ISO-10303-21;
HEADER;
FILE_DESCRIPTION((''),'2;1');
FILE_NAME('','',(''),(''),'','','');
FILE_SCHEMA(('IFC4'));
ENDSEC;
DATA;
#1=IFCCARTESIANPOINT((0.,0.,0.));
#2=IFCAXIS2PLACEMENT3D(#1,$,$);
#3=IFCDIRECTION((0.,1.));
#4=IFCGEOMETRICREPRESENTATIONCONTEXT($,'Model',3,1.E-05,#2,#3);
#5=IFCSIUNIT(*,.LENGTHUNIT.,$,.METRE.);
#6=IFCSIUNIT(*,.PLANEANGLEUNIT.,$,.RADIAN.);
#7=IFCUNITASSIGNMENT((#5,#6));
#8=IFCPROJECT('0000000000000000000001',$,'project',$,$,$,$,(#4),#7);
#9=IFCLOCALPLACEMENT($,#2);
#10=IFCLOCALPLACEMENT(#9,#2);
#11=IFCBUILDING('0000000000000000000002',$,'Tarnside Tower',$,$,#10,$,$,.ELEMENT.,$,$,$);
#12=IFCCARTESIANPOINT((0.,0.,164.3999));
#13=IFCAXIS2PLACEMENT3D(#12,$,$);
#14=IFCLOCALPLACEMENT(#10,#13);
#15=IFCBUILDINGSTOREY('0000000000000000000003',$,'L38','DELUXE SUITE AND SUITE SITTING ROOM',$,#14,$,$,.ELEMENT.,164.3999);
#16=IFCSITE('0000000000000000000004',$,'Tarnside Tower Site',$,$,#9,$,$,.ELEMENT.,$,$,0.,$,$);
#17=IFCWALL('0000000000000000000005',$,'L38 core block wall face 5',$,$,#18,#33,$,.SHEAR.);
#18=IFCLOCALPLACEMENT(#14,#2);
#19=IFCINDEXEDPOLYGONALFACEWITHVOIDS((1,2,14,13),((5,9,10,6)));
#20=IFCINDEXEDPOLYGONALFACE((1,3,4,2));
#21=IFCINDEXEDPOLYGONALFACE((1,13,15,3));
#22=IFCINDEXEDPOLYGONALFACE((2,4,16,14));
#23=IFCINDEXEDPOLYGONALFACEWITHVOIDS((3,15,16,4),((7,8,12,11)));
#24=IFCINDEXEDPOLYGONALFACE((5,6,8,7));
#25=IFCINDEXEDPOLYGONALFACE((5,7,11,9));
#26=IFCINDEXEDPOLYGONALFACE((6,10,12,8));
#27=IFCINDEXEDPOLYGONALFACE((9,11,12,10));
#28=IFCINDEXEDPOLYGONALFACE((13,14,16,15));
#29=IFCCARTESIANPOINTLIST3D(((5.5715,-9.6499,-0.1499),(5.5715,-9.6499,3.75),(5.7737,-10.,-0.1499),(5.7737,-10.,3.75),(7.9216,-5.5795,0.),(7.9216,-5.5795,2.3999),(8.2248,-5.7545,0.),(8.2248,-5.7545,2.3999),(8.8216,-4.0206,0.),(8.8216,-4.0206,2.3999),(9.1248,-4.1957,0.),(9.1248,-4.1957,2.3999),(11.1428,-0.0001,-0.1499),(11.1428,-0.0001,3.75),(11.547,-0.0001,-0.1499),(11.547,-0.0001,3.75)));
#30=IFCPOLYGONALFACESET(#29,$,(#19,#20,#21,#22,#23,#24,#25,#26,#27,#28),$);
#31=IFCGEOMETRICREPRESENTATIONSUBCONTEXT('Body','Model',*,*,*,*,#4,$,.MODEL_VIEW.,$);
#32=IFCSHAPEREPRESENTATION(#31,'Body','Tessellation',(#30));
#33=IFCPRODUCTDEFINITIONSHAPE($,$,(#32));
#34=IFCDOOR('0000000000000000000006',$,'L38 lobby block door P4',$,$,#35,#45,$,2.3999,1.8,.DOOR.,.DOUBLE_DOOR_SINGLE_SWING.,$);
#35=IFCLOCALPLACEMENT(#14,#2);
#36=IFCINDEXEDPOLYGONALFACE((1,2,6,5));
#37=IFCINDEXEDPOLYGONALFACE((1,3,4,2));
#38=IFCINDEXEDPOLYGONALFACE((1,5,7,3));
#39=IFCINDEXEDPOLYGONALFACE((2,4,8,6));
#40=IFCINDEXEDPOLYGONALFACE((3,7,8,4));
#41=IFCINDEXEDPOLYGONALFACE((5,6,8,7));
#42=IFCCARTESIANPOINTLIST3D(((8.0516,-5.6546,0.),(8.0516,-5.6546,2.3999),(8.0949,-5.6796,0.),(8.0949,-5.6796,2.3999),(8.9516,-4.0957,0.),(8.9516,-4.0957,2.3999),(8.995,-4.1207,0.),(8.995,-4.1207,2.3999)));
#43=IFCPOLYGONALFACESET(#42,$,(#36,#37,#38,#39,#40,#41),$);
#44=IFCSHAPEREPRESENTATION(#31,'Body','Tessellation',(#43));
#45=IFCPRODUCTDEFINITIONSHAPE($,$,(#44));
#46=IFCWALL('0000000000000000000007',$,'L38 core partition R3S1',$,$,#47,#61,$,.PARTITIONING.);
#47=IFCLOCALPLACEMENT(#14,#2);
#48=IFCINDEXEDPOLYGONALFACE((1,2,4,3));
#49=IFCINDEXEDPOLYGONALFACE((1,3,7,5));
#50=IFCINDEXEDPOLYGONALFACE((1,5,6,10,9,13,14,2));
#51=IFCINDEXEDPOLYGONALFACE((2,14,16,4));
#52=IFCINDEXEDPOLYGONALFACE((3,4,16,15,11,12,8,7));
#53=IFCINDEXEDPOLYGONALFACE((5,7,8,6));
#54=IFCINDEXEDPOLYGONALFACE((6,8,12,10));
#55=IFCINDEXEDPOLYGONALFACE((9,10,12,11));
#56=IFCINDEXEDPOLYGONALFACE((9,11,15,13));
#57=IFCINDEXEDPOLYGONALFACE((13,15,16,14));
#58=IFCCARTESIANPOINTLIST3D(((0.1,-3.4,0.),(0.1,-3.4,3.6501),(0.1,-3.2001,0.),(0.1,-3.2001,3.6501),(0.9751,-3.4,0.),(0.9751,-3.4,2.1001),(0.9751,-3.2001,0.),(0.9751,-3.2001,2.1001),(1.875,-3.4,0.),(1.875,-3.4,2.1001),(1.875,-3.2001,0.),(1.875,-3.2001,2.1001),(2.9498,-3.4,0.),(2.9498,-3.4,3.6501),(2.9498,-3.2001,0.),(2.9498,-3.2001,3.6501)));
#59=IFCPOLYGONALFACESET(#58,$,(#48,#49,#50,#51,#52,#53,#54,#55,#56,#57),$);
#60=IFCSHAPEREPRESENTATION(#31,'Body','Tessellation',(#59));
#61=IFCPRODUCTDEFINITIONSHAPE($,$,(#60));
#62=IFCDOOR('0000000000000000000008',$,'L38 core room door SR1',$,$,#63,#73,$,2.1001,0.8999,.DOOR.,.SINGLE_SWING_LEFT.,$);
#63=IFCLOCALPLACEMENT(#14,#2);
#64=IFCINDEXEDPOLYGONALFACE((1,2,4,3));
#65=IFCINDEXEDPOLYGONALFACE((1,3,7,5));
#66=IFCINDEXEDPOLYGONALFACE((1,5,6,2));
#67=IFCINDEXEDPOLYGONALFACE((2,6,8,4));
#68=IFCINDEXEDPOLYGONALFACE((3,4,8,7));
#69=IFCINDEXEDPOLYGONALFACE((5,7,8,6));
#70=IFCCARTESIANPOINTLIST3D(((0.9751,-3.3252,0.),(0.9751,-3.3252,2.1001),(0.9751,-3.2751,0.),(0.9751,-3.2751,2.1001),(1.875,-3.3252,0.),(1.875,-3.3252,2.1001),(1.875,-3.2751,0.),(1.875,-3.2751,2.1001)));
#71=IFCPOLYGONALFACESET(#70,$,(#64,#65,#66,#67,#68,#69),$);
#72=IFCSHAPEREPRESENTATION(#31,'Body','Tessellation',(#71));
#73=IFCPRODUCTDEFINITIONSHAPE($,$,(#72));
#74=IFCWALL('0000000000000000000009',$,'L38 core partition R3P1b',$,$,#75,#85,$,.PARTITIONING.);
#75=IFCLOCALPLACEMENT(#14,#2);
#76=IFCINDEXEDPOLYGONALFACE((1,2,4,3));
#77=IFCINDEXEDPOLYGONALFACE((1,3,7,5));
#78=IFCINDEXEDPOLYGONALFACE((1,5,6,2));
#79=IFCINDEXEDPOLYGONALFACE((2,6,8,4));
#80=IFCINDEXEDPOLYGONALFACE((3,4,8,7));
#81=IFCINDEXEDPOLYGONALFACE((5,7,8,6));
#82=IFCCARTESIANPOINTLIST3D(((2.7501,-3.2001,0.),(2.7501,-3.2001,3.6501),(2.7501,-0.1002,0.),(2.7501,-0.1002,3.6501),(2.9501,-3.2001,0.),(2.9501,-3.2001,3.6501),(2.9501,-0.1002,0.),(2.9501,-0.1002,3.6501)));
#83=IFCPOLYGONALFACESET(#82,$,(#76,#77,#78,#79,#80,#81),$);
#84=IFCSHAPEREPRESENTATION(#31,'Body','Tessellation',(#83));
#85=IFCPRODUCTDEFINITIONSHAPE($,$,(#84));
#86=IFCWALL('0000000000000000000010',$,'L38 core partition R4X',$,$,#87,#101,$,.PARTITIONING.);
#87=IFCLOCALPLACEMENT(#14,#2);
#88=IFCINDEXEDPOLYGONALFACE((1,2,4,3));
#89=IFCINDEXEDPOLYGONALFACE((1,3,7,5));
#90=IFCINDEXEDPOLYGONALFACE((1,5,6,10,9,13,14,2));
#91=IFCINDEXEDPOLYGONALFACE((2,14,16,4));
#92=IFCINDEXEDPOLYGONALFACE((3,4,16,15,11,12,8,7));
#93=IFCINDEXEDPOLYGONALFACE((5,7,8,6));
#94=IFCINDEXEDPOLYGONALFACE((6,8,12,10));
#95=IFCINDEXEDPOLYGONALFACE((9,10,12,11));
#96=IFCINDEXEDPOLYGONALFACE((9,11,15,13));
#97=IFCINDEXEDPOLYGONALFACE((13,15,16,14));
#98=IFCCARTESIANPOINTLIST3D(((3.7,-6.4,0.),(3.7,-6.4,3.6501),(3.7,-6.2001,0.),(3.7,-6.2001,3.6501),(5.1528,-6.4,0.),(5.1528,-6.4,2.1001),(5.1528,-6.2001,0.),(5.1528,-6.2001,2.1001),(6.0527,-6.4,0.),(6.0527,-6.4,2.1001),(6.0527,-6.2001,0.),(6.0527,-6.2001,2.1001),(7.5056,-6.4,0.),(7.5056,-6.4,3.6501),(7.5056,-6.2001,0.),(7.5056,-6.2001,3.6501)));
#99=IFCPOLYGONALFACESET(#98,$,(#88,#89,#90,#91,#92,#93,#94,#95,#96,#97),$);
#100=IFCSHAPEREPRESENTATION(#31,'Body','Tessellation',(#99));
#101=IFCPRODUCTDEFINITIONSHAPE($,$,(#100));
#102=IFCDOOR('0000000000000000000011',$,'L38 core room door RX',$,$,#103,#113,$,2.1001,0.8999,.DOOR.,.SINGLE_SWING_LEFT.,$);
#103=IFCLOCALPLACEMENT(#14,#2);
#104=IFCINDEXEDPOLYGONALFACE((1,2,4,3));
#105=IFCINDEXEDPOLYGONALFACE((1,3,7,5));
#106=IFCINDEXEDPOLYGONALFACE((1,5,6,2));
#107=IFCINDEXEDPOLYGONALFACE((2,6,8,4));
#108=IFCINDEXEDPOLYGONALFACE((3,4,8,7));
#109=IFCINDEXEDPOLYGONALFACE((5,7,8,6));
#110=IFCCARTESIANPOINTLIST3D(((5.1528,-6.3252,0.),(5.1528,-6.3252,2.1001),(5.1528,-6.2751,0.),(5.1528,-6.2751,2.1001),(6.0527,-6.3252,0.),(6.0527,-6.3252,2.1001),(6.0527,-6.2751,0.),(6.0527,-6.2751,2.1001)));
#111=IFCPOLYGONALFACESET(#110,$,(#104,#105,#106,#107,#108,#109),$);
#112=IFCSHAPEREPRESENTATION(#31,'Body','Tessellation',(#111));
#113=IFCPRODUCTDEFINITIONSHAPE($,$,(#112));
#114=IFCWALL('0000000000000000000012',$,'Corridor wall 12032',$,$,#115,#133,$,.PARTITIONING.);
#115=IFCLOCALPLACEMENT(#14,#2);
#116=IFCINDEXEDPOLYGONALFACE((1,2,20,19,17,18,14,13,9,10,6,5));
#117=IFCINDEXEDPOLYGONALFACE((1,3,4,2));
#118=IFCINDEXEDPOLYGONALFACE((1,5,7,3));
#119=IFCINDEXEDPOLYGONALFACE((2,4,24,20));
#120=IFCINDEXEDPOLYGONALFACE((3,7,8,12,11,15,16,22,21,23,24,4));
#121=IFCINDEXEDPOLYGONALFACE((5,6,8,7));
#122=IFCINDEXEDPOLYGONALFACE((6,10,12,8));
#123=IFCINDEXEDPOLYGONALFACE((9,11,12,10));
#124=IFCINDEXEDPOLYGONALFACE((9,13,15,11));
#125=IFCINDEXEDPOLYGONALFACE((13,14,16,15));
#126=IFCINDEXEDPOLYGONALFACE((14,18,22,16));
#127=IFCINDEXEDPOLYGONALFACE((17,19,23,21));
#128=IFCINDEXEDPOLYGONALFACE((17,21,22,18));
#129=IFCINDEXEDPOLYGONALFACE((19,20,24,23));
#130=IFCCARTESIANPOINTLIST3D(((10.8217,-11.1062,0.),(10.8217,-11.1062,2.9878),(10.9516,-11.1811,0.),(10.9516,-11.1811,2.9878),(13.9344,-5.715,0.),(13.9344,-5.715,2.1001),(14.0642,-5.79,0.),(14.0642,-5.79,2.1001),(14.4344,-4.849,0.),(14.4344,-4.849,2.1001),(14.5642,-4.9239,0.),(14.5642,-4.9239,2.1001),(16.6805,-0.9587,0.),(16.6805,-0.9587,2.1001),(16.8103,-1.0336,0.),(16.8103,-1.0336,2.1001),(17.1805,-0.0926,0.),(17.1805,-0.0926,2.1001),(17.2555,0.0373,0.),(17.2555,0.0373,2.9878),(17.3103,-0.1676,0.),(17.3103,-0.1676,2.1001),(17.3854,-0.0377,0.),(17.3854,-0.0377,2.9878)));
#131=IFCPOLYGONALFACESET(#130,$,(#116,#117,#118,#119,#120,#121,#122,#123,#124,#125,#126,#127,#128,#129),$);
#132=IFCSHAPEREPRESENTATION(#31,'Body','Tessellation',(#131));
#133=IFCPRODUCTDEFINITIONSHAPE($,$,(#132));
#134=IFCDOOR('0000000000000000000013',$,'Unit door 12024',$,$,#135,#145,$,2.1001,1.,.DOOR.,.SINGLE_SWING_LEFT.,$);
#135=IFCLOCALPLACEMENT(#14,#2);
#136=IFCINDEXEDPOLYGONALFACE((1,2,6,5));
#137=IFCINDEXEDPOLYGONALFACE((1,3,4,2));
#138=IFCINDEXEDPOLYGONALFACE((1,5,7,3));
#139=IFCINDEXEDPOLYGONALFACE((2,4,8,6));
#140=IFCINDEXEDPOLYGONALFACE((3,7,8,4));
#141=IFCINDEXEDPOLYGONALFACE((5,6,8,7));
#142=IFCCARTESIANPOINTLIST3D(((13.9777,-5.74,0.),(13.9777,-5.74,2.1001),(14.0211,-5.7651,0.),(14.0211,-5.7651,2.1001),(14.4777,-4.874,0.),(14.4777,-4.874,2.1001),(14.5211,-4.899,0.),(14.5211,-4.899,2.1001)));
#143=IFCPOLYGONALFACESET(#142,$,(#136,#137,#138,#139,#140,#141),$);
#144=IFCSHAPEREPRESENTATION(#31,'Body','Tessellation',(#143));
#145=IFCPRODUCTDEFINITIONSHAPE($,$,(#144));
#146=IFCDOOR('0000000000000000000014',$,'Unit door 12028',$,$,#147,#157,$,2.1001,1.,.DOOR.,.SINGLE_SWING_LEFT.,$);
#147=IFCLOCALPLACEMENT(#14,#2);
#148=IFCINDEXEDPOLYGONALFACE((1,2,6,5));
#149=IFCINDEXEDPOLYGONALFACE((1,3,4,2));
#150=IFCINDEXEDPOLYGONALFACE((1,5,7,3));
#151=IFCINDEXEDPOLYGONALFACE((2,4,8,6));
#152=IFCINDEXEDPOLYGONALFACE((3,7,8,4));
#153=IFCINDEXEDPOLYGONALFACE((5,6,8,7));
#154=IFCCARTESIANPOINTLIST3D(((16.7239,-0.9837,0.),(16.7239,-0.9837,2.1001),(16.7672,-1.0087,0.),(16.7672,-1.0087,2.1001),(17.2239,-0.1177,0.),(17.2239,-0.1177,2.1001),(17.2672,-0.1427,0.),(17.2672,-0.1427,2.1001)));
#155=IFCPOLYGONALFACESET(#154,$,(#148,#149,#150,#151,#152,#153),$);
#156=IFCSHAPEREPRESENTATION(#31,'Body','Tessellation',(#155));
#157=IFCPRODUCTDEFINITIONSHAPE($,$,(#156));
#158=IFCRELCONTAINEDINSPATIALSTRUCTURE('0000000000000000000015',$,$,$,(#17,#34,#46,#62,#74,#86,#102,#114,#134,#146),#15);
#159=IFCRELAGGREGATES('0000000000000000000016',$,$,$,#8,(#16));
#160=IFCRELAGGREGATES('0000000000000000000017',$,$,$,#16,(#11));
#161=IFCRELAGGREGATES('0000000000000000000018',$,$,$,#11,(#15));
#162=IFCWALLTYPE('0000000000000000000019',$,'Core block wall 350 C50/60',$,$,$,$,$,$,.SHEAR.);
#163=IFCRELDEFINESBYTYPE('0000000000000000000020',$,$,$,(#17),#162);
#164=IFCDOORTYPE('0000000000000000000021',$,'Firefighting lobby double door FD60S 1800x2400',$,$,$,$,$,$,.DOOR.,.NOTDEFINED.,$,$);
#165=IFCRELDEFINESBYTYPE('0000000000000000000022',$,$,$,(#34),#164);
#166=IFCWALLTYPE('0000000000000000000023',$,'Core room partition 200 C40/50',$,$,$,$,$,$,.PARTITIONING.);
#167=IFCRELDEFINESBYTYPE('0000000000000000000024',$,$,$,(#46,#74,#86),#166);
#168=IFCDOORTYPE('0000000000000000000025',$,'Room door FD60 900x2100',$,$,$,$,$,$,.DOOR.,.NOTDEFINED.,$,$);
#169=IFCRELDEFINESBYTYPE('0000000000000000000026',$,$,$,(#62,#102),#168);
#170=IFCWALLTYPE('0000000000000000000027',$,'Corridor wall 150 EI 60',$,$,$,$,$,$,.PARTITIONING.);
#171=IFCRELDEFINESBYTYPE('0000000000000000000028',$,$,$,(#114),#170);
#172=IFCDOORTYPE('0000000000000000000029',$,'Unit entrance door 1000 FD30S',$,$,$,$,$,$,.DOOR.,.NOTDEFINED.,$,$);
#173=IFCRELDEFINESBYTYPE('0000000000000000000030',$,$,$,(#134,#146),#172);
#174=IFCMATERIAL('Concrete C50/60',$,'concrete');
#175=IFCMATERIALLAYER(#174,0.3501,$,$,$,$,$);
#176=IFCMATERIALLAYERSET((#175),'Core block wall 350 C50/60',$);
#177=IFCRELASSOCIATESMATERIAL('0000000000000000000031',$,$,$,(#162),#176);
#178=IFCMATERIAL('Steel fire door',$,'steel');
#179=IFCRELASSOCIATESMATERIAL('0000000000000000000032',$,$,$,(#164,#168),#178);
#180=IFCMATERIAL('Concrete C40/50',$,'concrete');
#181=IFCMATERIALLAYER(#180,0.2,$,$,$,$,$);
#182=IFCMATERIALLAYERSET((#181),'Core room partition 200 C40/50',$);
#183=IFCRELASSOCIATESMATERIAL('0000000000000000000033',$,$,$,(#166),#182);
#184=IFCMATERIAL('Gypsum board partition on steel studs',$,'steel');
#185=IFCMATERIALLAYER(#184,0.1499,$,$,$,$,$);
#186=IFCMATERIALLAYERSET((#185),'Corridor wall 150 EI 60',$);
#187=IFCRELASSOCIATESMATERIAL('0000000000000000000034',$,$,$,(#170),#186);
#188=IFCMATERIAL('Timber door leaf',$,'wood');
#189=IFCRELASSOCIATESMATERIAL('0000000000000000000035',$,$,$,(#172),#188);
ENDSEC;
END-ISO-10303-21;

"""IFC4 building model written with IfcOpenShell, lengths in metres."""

from ifc_helpers import new_model, si_unit, direction, frame, frame_2d, origin, place, context, subcontext, project, spatial, polyline, rectangle, outline, extrude, material, layer, layer_set, type_object, element, fill, save


model = new_model("IFC4")

# Units and contexts
model_context = context("Model", 3, precision=1e-05, world=origin(), true_north=direction((0.0, 1.0)))
body_context = subcontext(model_context, "Body", "Model", "MODEL_VIEW")
ifc_project = project(units=[si_unit("LENGTHUNIT", "METRE"), si_unit("PLANEANGLEUNIT", "RADIAN")], contexts=[model_context])

# Site, building, storey
site_placement = place(None, origin())
site = spatial("IfcSite", under=ifc_project, at=site_placement, Name="Tarnside Tower Site", CompositionType="ELEMENT", RefElevation=0.0)
building_placement = place(site_placement, origin())
building = spatial("IfcBuilding", under=site, at=building_placement, Name="Tarnside Tower", CompositionType="ELEMENT")
storey_placement = place(building_placement, frame((0.0, 0.0, 164.3999)))
storey = spatial("IfcBuildingStorey", under=building, at=storey_placement, Name="L38", Description="DELUXE SUITE AND SUITE SITTING ROOM", CompositionType="ELEMENT", Elevation=164.3999)

# Shared definitions
ifc_material_1 = material(Name="Concrete C40/50", Category="concrete")

# Shared definitions
ifc_material_2 = material(Name="Gypsum board partition on steel studs", Category="steel")

# Walls, openings, doors
ifc_material_3 = material(Name="Timber door leaf", Category="wood")
ifc_material_4 = material(Name="Concrete C50/60", Category="concrete")
ifc_layer_1 = layer(ifc_material_4, 0.3501)
ifc_layer_set_1 = layer_set([ifc_layer_1], Name="Core block wall 350 C50/60")
wall_type_1 = type_object("IfcWallType", Name="Core block wall 350 C50/60", PredefinedType="SHEAR", material=ifc_layer_set_1)
wall_1_placement = place(storey_placement, frame((5.6726, -9.825, -0.1499), z_axis=(0.0, 0.0, 1.0), x_axis=(0.499995, 0.866028, 0.0)))
wall_1 = element("IfcWall", 1, at=wall_1_placement, inside=storey, type_object=wall_type_1, Name="L38 core block wall face 5", PredefinedType="SHEAR", context=body_context, shape_type="SweptSolid", body=[
    extrude(outline(polyline([(-0.1011, -0.175), (11.4458, -0.175), (11.2437, 0.175), (0.1011, 0.175), (-0.1011, -0.175)])), origin(), (0.0, 0.0, 1.0), 3.8999),
])
opening_1_placement = place(wall_1_placement, frame((4.8013, 0.0, 0.1499)))
opening_1 = element("IfcOpeningElement", 2, at=opening_1_placement, cuts=wall_1, PredefinedType="OPENING", context=body_context, shape_type="SweptSolid", body=[
    extrude(rectangle(XDim=1.8, YDim=2.3999, at=frame_2d((0.8999, 1.2))), frame((0.0, 0.1851, 0.0), z_axis=(0.0, -1.0, 0.0), x_axis=(1.0, 0.0, 0.0)), (0.0, 0.0, 1.0), 0.3701),
])
ifc_material_5 = material(Name="Steel fire door", Category="steel")
door_type_1 = type_object("IfcDoorType", Name="Firefighting lobby double door FD60S 1800x2400", OperationType="NOTDEFINED", PredefinedType="DOOR", material=ifc_material_5)
door_1_placement = place(opening_1_placement, origin())
door_1 = element("IfcDoor", 3, at=door_1_placement, inside=storey, type_object=door_type_1, Name="L38 lobby block door P4", OperationType="DOUBLE_DOOR_SINGLE_SWING", OverallHeight=2.3999, OverallWidth=1.8, PredefinedType="DOOR", context=body_context, shape_type="SweptSolid", body=[
    extrude(rectangle(XDim=1.8, YDim=2.3999, at=frame_2d((0.8999, 1.2))), frame((0.0, 0.0249, 0.0), z_axis=(0.0, -1.0, 0.0), x_axis=(1.0, 0.0, 0.0)), (0.0, 0.0, 1.0), 0.05),
])
fill(opening_1, door_1)
ifc_layer_2 = layer(ifc_material_1, 0.2)
ifc_layer_set_2 = layer_set([ifc_layer_2], Name="Core room partition 200 C40/50")
wall_type_2 = type_object("IfcWallType", Name="Core room partition 200 C40/50", PredefinedType="PARTITIONING", material=ifc_layer_set_2)
wall_2_placement = place(storey_placement, frame((0.1001, -3.3, 0.0), z_axis=(0.0, 0.0, 1.0), x_axis=(1.0, 0.0, 0.0)))
wall_2 = element("IfcWall", 4, at=wall_2_placement, inside=storey, type_object=wall_type_2, Name="L38 core partition R3S1", PredefinedType="PARTITIONING", context=body_context, shape_type="SweptSolid", body=[
    extrude(rectangle(XDim=2.8499, YDim=0.2, at=frame_2d((1.4248, 0.0))), origin(), (0.0, 0.0, 1.0), 3.6501),
])
opening_2_placement = place(wall_2_placement, frame((0.875, 0.0, 0.0)))
opening_2 = element("IfcOpeningElement", 5, at=opening_2_placement, cuts=wall_2, PredefinedType="OPENING", context=body_context, shape_type="SweptSolid", body=[
    extrude(rectangle(XDim=0.8999, YDim=2.1001, at=frame_2d((0.45, 1.05))), frame((0.0, 0.1099, 0.0), z_axis=(0.0, -1.0, 0.0), x_axis=(1.0, 0.0, 0.0)), (0.0, 0.0, 1.0), 0.22),
])
door_type_2 = type_object("IfcDoorType", Name="Room door FD60 900x2100", OperationType="NOTDEFINED", PredefinedType="DOOR", material=ifc_material_5)
door_2_placement = place(opening_2_placement, origin())
door_2 = element("IfcDoor", 6, at=door_2_placement, inside=storey, type_object=door_type_2, Name="L38 core room door SR1", OperationType="SINGLE_SWING_LEFT", OverallHeight=2.1001, OverallWidth=0.8999, PredefinedType="DOOR", context=body_context, shape_type="SweptSolid", body=[
    extrude(rectangle(XDim=0.8999, YDim=2.1001, at=frame_2d((0.45, 1.05))), frame((0.0, 0.0249, 0.0), z_axis=(0.0, -1.0, 0.0), x_axis=(1.0, 0.0, 0.0)), (0.0, 0.0, 1.0), 0.05),
])
fill(opening_2, door_2)

# Wall
wall_3_placement = place(storey_placement, frame((2.8501, -3.2, 0.0), z_axis=(0.0, 0.0, 1.0), x_axis=(0.0, 1.0, 0.0)))
element("IfcWall", 7, at=wall_3_placement, inside=storey, type_object=wall_type_2, Name="L38 core partition R3P1b", PredefinedType="PARTITIONING", context=body_context, shape_type="SweptSolid", body=[
    extrude(rectangle(XDim=3.0999, YDim=0.2, at=frame_2d((1.5498, 0.0))), origin(), (0.0, 0.0, 1.0), 3.6501),
])

# Wall, opening, door
wall_4_placement = place(storey_placement, frame((3.7, -6.3, 0.0), z_axis=(0.0, 0.0, 1.0), x_axis=(1.0, 0.0, 0.0)))
wall_4 = element("IfcWall", 8, at=wall_4_placement, inside=storey, type_object=wall_type_2, Name="L38 core partition R4X", PredefinedType="PARTITIONING", context=body_context, shape_type="SweptSolid", body=[
    extrude(rectangle(XDim=3.8057, YDim=0.2, at=frame_2d((1.9028, 0.0))), origin(), (0.0, 0.0, 1.0), 3.6501),
])
opening_3_placement = place(wall_4_placement, frame((1.4529, 0.0, 0.0)))
opening_3 = element("IfcOpeningElement", 9, at=opening_3_placement, cuts=wall_4, PredefinedType="OPENING", context=body_context, shape_type="SweptSolid", body=[
    extrude(rectangle(XDim=0.8999, YDim=2.1001, at=frame_2d((0.45, 1.05))), frame((0.0, 0.1099, 0.0), z_axis=(0.0, -1.0, 0.0), x_axis=(1.0, 0.0, 0.0)), (0.0, 0.0, 1.0), 0.22),
])
door_3_placement = place(opening_3_placement, origin())
door_3 = element("IfcDoor", 10, at=door_3_placement, inside=storey, type_object=door_type_2, Name="L38 core room door RX", OperationType="SINGLE_SWING_LEFT", OverallHeight=2.1001, OverallWidth=0.8999, PredefinedType="DOOR", context=body_context, shape_type="SweptSolid", body=[
    extrude(rectangle(XDim=0.8999, YDim=2.1001, at=frame_2d((0.45, 1.05))), frame((0.0, 0.0249, 0.0), z_axis=(0.0, -1.0, 0.0), x_axis=(1.0, 0.0, 0.0)), (0.0, 0.0, 1.0), 0.05),
])
fill(opening_3, door_3)

# Wall, openings, doors
ifc_layer_3 = layer(ifc_material_2, 0.1499)
ifc_layer_set_3 = layer_set([ifc_layer_3], Name="Corridor wall 150 EI 60")
wall_type_3 = type_object("IfcWallType", Name="Corridor wall 150 EI 60", PredefinedType="PARTITIONING", material=ifc_layer_set_3)
wall_5_placement = place(storey_placement, frame((10.8867, -11.1436, 0.0), z_axis=(0.0, 0.0, 1.0), x_axis=(0.500006, 0.866022, 0.0)))
wall_5 = element("IfcWall", 11, at=wall_5_placement, inside=storey, type_object=wall_type_3, Name="Corridor wall 12032", PredefinedType="PARTITIONING", context=body_context, shape_type="SweptSolid", body=[
    extrude(rectangle(XDim=12.8674, YDim=0.1499, at=frame_2d((6.4336, 0.0))), origin(), (0.0, 0.0, 1.0), 2.9878),
])
opening_4_placement = place(wall_5_placement, frame((6.2251, 0.0, 0.0)))
opening_4 = element("IfcOpeningElement", 12, at=opening_4_placement, cuts=wall_5, PredefinedType="OPENING", context=body_context, shape_type="SweptSolid", body=[
    extrude(rectangle(XDim=1.0, YDim=2.1001, at=frame_2d((0.5, 1.05))), frame((0.0, 0.085, 0.0), z_axis=(0.0, -1.0, 0.0), x_axis=(1.0, 0.0, 0.0)), (0.0, 0.0, 1.0), 0.1699),
])
opening_5_placement = place(wall_5_placement, frame((11.7173, 0.0, 0.0)))
opening_5 = element("IfcOpeningElement", 13, at=opening_5_placement, cuts=wall_5, PredefinedType="OPENING", context=body_context, shape_type="SweptSolid", body=[
    extrude(rectangle(XDim=1.0, YDim=2.1001, at=frame_2d((0.5, 1.05))), frame((0.0, 0.085, 0.0), z_axis=(0.0, -1.0, 0.0), x_axis=(1.0, 0.0, 0.0)), (0.0, 0.0, 1.0), 0.1699),
])
door_type_3 = type_object("IfcDoorType", Name="Unit entrance door 1000 FD30S", OperationType="NOTDEFINED", PredefinedType="DOOR", material=ifc_material_3)
door_4_placement = place(opening_4_placement, origin())
door_4 = element("IfcDoor", 14, at=door_4_placement, inside=storey, type_object=door_type_3, Name="Unit door 12024", OperationType="SINGLE_SWING_LEFT", OverallHeight=2.1001, OverallWidth=1.0, PredefinedType="DOOR", context=body_context, shape_type="SweptSolid", body=[
    extrude(rectangle(XDim=1.0, YDim=2.1001, at=frame_2d((0.5, 1.05))), frame((0.0, 0.0249, 0.0), z_axis=(0.0, -1.0, 0.0), x_axis=(1.0, 0.0, 0.0)), (0.0, 0.0, 1.0), 0.05),
])
fill(opening_4, door_4)
door_5_placement = place(opening_5_placement, origin())
door_5 = element("IfcDoor", 15, at=door_5_placement, inside=storey, type_object=door_type_3, Name="Unit door 12028", OperationType="SINGLE_SWING_LEFT", OverallHeight=2.1001, OverallWidth=1.0, PredefinedType="DOOR", context=body_context, shape_type="SweptSolid", body=[
    extrude(rectangle(XDim=1.0, YDim=2.1001, at=frame_2d((0.5, 1.05))), frame((0.0, 0.0249, 0.0), z_axis=(0.0, -1.0, 0.0), x_axis=(1.0, 0.0, 0.0)), (0.0, 0.0, 1.0), 0.05),
])
fill(opening_5, door_5)

save(model, "model.ifc")
